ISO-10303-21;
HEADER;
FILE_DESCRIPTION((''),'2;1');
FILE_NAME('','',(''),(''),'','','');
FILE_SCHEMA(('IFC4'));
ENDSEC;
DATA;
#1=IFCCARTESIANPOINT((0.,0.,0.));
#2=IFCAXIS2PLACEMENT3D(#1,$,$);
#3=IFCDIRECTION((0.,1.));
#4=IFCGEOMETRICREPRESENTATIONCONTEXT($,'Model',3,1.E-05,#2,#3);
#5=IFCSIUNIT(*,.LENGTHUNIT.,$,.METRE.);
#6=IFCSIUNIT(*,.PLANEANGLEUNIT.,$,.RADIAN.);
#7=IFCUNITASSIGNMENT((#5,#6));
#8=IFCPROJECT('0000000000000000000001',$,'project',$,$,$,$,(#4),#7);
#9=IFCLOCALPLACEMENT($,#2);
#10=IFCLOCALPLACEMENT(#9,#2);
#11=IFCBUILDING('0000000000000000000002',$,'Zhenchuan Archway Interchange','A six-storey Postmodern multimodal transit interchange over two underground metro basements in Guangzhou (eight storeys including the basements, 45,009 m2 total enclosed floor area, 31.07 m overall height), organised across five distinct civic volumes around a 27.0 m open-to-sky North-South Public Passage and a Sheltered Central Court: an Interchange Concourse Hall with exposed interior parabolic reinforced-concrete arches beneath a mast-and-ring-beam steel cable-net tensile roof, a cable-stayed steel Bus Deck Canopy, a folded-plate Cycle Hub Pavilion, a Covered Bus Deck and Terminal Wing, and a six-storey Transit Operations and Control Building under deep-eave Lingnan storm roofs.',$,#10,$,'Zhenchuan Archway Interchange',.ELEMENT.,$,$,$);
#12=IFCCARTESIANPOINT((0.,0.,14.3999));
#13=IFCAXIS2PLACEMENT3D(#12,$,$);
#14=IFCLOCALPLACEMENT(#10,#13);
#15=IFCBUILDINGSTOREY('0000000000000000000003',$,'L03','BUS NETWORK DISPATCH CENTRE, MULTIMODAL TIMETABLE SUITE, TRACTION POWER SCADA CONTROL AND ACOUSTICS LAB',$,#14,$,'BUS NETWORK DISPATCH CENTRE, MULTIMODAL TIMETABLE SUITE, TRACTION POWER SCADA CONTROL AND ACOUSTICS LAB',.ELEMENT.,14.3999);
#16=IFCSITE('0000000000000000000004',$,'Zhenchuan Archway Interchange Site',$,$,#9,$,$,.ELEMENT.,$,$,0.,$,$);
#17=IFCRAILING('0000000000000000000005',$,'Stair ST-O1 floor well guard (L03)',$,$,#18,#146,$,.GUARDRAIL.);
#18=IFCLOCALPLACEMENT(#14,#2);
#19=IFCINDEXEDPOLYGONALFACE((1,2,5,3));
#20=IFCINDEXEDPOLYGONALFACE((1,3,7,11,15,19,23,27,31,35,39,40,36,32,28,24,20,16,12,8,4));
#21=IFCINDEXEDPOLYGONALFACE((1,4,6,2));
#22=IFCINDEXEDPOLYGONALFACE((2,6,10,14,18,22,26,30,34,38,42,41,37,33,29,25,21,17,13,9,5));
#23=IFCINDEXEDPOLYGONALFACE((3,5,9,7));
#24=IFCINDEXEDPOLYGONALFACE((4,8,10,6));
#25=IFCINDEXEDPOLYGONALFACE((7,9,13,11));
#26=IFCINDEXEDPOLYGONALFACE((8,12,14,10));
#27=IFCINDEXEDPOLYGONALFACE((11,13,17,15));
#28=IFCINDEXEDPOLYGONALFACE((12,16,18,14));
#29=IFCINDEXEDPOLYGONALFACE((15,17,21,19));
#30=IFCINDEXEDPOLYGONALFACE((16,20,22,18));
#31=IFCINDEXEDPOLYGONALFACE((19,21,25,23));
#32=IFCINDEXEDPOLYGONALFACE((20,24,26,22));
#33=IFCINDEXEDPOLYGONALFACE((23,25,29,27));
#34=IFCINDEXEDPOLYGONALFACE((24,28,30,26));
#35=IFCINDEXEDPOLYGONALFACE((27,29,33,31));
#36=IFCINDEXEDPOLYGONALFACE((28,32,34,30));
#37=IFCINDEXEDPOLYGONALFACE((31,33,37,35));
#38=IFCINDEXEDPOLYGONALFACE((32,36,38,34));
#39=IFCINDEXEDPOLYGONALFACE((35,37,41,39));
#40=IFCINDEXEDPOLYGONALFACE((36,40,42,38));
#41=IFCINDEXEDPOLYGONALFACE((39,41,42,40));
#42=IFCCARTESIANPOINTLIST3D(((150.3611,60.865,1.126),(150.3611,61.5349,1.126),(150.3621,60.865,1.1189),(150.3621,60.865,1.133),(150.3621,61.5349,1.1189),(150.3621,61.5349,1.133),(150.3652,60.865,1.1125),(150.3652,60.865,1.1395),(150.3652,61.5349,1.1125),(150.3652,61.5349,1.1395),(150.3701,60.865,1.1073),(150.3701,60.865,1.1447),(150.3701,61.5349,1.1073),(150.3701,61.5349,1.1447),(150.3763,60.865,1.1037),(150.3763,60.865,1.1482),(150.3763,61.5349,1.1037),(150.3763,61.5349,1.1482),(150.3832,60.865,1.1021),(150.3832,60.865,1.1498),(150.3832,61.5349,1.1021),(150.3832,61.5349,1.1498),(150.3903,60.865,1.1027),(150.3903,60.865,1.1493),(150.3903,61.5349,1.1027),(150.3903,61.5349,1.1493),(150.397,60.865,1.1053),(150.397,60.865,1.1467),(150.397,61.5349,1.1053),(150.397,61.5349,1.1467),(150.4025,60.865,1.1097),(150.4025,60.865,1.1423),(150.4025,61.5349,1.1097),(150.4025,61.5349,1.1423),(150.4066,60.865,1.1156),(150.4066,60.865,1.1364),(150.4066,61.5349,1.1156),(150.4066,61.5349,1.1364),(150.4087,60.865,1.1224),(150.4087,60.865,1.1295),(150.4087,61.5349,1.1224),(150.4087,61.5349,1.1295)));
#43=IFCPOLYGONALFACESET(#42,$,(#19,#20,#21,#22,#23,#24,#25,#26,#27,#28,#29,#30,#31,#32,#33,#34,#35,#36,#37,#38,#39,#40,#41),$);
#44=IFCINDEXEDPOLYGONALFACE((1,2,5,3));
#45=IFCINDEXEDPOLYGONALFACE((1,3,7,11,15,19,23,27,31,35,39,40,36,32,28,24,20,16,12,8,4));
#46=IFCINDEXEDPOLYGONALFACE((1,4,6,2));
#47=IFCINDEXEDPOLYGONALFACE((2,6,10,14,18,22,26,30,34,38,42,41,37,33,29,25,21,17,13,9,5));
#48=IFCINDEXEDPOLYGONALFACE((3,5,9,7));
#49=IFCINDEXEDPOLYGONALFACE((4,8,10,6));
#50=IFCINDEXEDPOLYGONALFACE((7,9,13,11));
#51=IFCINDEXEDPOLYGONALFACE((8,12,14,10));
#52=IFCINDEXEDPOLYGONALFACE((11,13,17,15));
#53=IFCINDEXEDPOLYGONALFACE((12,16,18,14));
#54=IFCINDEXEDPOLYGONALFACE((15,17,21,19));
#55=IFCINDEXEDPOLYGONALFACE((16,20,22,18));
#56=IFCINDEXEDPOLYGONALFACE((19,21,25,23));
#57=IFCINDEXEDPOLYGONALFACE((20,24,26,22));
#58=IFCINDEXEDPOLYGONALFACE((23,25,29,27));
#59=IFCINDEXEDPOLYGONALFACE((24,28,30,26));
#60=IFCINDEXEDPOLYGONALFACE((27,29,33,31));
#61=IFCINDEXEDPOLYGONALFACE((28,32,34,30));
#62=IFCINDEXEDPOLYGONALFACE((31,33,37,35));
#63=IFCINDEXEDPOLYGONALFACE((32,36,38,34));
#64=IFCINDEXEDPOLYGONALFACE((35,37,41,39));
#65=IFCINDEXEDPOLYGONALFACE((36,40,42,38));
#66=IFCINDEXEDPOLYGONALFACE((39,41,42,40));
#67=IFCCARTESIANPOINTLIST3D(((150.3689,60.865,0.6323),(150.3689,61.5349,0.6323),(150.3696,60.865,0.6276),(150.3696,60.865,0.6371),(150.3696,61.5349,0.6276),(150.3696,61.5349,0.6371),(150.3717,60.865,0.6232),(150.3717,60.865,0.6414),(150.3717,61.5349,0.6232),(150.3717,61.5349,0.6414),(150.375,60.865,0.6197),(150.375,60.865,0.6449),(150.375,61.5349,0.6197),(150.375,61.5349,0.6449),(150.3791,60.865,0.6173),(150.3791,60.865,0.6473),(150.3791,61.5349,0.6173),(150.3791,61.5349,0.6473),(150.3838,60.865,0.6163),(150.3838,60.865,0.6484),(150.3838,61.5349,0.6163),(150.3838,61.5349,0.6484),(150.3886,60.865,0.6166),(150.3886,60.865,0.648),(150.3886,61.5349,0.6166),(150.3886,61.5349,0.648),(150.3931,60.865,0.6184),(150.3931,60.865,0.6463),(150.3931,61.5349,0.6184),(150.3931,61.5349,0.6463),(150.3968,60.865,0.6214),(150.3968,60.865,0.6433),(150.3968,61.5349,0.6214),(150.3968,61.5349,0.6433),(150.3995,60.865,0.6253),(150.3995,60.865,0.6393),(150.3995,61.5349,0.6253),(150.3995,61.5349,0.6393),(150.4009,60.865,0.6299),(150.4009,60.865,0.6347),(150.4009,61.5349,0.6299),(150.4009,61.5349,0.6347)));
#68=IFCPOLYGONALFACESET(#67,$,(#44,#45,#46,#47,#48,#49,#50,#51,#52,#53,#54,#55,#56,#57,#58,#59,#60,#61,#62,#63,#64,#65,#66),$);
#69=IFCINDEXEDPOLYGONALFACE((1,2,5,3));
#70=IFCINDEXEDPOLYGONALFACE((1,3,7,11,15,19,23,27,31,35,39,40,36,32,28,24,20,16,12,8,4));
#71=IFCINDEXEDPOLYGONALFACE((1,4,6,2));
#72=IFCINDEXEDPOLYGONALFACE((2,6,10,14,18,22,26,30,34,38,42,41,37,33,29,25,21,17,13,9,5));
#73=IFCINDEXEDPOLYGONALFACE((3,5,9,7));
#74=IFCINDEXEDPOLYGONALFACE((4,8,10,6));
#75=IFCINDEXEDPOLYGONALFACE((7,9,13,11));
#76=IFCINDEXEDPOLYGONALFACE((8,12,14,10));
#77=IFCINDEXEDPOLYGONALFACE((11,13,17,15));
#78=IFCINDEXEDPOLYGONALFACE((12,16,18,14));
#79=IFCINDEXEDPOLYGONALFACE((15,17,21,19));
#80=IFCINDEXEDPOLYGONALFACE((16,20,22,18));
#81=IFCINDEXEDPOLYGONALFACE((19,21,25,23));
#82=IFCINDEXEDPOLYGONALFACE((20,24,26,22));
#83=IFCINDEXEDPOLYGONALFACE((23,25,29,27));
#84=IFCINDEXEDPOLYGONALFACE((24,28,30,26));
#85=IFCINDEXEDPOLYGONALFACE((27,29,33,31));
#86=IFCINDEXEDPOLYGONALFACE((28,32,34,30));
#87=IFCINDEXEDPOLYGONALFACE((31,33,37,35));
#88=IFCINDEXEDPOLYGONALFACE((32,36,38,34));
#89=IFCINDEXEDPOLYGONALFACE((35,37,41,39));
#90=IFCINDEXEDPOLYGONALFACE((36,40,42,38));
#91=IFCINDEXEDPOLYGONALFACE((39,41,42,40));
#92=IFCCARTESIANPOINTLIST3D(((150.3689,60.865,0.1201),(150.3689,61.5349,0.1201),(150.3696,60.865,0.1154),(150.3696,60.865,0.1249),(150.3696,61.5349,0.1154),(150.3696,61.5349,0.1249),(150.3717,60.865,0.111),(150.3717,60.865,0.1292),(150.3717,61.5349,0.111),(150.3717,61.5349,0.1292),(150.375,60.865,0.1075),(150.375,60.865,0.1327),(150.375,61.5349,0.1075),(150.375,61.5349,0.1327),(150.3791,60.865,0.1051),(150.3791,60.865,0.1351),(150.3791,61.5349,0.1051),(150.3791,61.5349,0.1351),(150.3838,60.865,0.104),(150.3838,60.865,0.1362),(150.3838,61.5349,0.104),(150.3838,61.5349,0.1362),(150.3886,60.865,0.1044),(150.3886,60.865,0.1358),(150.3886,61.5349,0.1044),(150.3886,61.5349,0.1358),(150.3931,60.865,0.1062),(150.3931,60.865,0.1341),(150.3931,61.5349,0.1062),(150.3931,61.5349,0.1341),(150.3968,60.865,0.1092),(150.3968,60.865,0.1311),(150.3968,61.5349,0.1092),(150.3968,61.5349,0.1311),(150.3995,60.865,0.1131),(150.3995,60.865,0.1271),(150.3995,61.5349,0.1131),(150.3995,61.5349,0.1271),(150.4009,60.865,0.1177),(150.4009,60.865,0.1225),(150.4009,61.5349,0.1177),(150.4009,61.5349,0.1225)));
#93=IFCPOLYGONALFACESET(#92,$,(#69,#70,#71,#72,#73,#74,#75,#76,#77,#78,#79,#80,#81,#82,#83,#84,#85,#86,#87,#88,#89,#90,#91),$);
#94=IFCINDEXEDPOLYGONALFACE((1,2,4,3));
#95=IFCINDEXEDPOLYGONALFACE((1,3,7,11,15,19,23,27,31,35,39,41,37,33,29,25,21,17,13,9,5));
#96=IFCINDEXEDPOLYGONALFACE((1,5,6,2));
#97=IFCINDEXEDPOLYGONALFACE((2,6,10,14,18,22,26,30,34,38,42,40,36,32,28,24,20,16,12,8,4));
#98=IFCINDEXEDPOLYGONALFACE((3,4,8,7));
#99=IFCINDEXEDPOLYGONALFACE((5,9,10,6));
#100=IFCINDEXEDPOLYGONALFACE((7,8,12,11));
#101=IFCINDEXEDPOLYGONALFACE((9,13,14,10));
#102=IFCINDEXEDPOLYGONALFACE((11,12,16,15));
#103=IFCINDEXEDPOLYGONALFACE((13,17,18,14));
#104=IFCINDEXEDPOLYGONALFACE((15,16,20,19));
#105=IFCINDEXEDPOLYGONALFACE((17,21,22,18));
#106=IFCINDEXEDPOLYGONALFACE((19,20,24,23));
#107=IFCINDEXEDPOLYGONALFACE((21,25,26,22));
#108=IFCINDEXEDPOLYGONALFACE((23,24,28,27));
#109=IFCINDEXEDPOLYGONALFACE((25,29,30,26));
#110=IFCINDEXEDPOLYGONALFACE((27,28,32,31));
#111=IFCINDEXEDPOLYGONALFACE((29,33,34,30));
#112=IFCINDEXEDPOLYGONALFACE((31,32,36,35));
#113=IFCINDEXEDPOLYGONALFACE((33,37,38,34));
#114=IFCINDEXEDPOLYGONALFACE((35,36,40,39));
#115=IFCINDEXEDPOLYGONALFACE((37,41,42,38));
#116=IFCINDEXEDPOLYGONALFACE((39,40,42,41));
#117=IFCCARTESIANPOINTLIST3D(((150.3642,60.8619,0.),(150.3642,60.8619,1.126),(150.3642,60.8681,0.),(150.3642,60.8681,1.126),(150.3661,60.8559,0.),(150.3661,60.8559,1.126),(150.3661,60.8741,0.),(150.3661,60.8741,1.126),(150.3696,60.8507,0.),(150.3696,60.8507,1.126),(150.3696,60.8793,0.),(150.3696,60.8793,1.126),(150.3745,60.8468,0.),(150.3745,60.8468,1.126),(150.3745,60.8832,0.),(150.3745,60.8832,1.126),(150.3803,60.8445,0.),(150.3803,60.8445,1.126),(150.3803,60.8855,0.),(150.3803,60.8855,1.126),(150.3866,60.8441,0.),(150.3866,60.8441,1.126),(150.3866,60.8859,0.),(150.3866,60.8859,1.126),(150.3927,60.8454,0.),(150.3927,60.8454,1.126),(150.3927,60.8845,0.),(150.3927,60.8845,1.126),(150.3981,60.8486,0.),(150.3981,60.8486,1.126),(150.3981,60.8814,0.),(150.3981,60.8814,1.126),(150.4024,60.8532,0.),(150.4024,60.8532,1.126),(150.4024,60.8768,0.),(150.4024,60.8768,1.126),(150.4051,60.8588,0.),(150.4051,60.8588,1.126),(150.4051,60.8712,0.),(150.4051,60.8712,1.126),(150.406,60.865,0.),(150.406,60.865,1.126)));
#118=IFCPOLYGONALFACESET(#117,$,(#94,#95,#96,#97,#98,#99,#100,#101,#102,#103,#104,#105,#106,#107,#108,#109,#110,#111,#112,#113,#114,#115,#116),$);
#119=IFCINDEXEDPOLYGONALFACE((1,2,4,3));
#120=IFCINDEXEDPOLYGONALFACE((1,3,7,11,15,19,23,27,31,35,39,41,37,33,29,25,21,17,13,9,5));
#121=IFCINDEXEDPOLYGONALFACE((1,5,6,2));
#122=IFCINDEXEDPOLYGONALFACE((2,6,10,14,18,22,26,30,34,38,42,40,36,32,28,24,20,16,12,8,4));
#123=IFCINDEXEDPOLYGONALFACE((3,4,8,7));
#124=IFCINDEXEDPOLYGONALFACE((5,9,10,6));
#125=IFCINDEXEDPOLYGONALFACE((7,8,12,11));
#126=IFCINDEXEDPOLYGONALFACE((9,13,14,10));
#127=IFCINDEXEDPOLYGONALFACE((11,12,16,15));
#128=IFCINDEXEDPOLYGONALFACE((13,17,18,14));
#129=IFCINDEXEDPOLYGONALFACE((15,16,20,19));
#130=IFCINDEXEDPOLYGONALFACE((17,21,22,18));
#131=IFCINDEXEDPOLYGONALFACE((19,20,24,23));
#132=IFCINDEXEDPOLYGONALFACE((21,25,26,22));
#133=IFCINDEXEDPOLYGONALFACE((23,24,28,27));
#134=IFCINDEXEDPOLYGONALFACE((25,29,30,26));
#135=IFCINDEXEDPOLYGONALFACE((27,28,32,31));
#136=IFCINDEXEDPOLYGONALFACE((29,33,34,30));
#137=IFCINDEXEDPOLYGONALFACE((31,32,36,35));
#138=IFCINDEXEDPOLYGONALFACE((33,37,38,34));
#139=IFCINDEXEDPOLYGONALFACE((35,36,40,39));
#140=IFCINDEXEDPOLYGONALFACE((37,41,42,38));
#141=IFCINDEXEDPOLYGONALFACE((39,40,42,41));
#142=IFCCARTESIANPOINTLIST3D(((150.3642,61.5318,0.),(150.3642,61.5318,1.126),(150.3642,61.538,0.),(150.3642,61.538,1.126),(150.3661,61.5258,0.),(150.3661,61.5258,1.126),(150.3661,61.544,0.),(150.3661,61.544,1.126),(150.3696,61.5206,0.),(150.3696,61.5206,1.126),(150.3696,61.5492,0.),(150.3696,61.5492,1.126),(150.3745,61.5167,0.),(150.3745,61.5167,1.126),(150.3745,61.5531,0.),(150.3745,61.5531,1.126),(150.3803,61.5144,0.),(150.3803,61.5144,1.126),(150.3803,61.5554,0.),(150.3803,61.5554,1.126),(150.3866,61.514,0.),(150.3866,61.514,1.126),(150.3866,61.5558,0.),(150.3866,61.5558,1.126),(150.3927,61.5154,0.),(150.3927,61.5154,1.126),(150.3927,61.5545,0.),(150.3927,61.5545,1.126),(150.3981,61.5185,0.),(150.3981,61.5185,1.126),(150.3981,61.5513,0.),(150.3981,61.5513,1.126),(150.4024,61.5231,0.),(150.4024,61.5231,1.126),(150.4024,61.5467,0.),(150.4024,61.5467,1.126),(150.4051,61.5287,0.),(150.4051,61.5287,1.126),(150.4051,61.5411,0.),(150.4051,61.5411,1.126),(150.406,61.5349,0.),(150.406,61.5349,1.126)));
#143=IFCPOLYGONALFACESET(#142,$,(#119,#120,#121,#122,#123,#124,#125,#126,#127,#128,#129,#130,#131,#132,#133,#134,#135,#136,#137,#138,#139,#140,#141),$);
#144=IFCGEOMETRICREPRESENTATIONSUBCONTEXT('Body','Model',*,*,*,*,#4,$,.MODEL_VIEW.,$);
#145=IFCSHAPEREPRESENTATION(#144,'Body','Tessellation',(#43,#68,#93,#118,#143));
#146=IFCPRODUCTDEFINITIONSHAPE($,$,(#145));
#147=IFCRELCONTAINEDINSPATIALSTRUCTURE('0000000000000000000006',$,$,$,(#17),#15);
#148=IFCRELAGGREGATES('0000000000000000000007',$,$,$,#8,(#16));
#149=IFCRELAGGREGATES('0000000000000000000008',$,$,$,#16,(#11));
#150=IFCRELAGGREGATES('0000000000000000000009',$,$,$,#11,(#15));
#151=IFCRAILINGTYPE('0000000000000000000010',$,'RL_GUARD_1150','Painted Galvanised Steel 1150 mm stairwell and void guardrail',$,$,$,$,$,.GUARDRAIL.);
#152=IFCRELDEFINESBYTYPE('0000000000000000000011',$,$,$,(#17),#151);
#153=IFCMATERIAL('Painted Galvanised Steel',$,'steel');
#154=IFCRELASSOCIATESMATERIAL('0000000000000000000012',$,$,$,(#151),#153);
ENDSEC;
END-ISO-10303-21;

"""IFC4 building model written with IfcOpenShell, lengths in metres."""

from ifc_helpers import new_model, si_unit, direction, frame, origin, origin_2d, place, context, subcontext, project, spatial, circle, extrude, material, type_object, element, save


model = new_model("IFC4")

# Units and contexts
model_context = context("Model", 3, precision=1e-05, world=origin(), true_north=direction((0.0, 1.0)))
body_context = subcontext(model_context, "Body", "Model", "MODEL_VIEW")
ifc_project = project(units=[si_unit("LENGTHUNIT", "METRE"), si_unit("PLANEANGLEUNIT", "RADIAN")], contexts=[model_context])

# Site, building, storey
site_placement = place(None, origin())
site = spatial("IfcSite", under=ifc_project, at=site_placement, Name="Zhenchuan Archway Interchange Site", CompositionType="ELEMENT", RefElevation=0.0)
building_placement = place(site_placement, origin())
building = spatial("IfcBuilding", under=site, at=building_placement, Name="Zhenchuan Archway Interchange", Description="A six-storey Postmodern multimodal transit interchange over two underground metro basements in Guangzhou (eight storeys including the basements, 45,009 m2 total enclosed floor area, 31.07 m overall height), organised across five distinct civic volumes around a 27.0 m open-to-sky North-South Public Passage and a Sheltered Central Court: an Interchange Concourse Hall with exposed interior parabolic reinforced-concrete arches beneath a mast-and-ring-beam steel cable-net tensile roof, a cable-stayed steel Bus Deck Canopy, a folded-plate Cycle Hub Pavilion, a Covered Bus Deck and Terminal Wing, and a six-storey Transit Operations and Control Building under deep-eave Lingnan storm roofs.", LongName="Zhenchuan Archway Interchange", CompositionType="ELEMENT")
storey_placement = place(building_placement, frame((0.0, 0.0, 14.3999)))
storey = spatial("IfcBuildingStorey", under=building, at=storey_placement, Name="L03", Description="BUS NETWORK DISPATCH CENTRE, MULTIMODAL TIMETABLE SUITE, TRACTION POWER SCADA CONTROL AND ACOUSTICS LAB", LongName="BUS NETWORK DISPATCH CENTRE, MULTIMODAL TIMETABLE SUITE, TRACTION POWER SCADA CONTROL AND ACOUSTICS LAB", CompositionType="ELEMENT", Elevation=14.3999)

# Shared definitions
ifc_material_1 = material(Name="Painted Galvanised Steel", Category="steel")

# Railing
railing_type_1 = type_object("IfcRailingType", Name="RL_GUARD_1150", Description="Painted Galvanised Steel 1150 mm stairwell and void guardrail", PredefinedType="GUARDRAIL", material=ifc_material_1)
railing_placement = place(storey_placement, frame((150.385, 60.865, 0.0)))
element("IfcRailing", 1, at=railing_placement, inside=storey, type_object=railing_type_1, Name="Stair ST-O1 floor well guard (L03)", PredefinedType="GUARDRAIL", context=body_context, shape_type="SweptSolid", body=[
    extrude(circle(Radius=0.0239, at=origin_2d()), frame((0.0, 0.0, 1.126), z_axis=(0.0, 1.0, 0.0), x_axis=(-1.0, 0.0, 0.0)), (0.0, 0.0, 1.0), 0.6699),
    extrude(circle(Radius=0.0161, at=origin_2d()), frame((0.0, 0.0, 0.6323), z_axis=(0.0, 1.0, 0.0), x_axis=(-1.0, 0.0, 0.0)), (0.0, 0.0, 1.0), 0.6699),
    extrude(circle(Radius=0.0161, at=origin_2d()), frame((0.0, 0.0, 0.1201), z_axis=(0.0, 1.0, 0.0), x_axis=(-1.0, 0.0, 0.0)), (0.0, 0.0, 1.0), 0.6699),
    extrude(circle(Radius=0.021, at=origin_2d()), origin(), (0.0, 0.0, 1.0), 1.126),
    extrude(circle(Radius=0.021, at=origin_2d()), frame((0.0, 0.6699, 0.0)), (0.0, 0.0, 1.0), 1.126),
])

save(model, "model.ifc")
